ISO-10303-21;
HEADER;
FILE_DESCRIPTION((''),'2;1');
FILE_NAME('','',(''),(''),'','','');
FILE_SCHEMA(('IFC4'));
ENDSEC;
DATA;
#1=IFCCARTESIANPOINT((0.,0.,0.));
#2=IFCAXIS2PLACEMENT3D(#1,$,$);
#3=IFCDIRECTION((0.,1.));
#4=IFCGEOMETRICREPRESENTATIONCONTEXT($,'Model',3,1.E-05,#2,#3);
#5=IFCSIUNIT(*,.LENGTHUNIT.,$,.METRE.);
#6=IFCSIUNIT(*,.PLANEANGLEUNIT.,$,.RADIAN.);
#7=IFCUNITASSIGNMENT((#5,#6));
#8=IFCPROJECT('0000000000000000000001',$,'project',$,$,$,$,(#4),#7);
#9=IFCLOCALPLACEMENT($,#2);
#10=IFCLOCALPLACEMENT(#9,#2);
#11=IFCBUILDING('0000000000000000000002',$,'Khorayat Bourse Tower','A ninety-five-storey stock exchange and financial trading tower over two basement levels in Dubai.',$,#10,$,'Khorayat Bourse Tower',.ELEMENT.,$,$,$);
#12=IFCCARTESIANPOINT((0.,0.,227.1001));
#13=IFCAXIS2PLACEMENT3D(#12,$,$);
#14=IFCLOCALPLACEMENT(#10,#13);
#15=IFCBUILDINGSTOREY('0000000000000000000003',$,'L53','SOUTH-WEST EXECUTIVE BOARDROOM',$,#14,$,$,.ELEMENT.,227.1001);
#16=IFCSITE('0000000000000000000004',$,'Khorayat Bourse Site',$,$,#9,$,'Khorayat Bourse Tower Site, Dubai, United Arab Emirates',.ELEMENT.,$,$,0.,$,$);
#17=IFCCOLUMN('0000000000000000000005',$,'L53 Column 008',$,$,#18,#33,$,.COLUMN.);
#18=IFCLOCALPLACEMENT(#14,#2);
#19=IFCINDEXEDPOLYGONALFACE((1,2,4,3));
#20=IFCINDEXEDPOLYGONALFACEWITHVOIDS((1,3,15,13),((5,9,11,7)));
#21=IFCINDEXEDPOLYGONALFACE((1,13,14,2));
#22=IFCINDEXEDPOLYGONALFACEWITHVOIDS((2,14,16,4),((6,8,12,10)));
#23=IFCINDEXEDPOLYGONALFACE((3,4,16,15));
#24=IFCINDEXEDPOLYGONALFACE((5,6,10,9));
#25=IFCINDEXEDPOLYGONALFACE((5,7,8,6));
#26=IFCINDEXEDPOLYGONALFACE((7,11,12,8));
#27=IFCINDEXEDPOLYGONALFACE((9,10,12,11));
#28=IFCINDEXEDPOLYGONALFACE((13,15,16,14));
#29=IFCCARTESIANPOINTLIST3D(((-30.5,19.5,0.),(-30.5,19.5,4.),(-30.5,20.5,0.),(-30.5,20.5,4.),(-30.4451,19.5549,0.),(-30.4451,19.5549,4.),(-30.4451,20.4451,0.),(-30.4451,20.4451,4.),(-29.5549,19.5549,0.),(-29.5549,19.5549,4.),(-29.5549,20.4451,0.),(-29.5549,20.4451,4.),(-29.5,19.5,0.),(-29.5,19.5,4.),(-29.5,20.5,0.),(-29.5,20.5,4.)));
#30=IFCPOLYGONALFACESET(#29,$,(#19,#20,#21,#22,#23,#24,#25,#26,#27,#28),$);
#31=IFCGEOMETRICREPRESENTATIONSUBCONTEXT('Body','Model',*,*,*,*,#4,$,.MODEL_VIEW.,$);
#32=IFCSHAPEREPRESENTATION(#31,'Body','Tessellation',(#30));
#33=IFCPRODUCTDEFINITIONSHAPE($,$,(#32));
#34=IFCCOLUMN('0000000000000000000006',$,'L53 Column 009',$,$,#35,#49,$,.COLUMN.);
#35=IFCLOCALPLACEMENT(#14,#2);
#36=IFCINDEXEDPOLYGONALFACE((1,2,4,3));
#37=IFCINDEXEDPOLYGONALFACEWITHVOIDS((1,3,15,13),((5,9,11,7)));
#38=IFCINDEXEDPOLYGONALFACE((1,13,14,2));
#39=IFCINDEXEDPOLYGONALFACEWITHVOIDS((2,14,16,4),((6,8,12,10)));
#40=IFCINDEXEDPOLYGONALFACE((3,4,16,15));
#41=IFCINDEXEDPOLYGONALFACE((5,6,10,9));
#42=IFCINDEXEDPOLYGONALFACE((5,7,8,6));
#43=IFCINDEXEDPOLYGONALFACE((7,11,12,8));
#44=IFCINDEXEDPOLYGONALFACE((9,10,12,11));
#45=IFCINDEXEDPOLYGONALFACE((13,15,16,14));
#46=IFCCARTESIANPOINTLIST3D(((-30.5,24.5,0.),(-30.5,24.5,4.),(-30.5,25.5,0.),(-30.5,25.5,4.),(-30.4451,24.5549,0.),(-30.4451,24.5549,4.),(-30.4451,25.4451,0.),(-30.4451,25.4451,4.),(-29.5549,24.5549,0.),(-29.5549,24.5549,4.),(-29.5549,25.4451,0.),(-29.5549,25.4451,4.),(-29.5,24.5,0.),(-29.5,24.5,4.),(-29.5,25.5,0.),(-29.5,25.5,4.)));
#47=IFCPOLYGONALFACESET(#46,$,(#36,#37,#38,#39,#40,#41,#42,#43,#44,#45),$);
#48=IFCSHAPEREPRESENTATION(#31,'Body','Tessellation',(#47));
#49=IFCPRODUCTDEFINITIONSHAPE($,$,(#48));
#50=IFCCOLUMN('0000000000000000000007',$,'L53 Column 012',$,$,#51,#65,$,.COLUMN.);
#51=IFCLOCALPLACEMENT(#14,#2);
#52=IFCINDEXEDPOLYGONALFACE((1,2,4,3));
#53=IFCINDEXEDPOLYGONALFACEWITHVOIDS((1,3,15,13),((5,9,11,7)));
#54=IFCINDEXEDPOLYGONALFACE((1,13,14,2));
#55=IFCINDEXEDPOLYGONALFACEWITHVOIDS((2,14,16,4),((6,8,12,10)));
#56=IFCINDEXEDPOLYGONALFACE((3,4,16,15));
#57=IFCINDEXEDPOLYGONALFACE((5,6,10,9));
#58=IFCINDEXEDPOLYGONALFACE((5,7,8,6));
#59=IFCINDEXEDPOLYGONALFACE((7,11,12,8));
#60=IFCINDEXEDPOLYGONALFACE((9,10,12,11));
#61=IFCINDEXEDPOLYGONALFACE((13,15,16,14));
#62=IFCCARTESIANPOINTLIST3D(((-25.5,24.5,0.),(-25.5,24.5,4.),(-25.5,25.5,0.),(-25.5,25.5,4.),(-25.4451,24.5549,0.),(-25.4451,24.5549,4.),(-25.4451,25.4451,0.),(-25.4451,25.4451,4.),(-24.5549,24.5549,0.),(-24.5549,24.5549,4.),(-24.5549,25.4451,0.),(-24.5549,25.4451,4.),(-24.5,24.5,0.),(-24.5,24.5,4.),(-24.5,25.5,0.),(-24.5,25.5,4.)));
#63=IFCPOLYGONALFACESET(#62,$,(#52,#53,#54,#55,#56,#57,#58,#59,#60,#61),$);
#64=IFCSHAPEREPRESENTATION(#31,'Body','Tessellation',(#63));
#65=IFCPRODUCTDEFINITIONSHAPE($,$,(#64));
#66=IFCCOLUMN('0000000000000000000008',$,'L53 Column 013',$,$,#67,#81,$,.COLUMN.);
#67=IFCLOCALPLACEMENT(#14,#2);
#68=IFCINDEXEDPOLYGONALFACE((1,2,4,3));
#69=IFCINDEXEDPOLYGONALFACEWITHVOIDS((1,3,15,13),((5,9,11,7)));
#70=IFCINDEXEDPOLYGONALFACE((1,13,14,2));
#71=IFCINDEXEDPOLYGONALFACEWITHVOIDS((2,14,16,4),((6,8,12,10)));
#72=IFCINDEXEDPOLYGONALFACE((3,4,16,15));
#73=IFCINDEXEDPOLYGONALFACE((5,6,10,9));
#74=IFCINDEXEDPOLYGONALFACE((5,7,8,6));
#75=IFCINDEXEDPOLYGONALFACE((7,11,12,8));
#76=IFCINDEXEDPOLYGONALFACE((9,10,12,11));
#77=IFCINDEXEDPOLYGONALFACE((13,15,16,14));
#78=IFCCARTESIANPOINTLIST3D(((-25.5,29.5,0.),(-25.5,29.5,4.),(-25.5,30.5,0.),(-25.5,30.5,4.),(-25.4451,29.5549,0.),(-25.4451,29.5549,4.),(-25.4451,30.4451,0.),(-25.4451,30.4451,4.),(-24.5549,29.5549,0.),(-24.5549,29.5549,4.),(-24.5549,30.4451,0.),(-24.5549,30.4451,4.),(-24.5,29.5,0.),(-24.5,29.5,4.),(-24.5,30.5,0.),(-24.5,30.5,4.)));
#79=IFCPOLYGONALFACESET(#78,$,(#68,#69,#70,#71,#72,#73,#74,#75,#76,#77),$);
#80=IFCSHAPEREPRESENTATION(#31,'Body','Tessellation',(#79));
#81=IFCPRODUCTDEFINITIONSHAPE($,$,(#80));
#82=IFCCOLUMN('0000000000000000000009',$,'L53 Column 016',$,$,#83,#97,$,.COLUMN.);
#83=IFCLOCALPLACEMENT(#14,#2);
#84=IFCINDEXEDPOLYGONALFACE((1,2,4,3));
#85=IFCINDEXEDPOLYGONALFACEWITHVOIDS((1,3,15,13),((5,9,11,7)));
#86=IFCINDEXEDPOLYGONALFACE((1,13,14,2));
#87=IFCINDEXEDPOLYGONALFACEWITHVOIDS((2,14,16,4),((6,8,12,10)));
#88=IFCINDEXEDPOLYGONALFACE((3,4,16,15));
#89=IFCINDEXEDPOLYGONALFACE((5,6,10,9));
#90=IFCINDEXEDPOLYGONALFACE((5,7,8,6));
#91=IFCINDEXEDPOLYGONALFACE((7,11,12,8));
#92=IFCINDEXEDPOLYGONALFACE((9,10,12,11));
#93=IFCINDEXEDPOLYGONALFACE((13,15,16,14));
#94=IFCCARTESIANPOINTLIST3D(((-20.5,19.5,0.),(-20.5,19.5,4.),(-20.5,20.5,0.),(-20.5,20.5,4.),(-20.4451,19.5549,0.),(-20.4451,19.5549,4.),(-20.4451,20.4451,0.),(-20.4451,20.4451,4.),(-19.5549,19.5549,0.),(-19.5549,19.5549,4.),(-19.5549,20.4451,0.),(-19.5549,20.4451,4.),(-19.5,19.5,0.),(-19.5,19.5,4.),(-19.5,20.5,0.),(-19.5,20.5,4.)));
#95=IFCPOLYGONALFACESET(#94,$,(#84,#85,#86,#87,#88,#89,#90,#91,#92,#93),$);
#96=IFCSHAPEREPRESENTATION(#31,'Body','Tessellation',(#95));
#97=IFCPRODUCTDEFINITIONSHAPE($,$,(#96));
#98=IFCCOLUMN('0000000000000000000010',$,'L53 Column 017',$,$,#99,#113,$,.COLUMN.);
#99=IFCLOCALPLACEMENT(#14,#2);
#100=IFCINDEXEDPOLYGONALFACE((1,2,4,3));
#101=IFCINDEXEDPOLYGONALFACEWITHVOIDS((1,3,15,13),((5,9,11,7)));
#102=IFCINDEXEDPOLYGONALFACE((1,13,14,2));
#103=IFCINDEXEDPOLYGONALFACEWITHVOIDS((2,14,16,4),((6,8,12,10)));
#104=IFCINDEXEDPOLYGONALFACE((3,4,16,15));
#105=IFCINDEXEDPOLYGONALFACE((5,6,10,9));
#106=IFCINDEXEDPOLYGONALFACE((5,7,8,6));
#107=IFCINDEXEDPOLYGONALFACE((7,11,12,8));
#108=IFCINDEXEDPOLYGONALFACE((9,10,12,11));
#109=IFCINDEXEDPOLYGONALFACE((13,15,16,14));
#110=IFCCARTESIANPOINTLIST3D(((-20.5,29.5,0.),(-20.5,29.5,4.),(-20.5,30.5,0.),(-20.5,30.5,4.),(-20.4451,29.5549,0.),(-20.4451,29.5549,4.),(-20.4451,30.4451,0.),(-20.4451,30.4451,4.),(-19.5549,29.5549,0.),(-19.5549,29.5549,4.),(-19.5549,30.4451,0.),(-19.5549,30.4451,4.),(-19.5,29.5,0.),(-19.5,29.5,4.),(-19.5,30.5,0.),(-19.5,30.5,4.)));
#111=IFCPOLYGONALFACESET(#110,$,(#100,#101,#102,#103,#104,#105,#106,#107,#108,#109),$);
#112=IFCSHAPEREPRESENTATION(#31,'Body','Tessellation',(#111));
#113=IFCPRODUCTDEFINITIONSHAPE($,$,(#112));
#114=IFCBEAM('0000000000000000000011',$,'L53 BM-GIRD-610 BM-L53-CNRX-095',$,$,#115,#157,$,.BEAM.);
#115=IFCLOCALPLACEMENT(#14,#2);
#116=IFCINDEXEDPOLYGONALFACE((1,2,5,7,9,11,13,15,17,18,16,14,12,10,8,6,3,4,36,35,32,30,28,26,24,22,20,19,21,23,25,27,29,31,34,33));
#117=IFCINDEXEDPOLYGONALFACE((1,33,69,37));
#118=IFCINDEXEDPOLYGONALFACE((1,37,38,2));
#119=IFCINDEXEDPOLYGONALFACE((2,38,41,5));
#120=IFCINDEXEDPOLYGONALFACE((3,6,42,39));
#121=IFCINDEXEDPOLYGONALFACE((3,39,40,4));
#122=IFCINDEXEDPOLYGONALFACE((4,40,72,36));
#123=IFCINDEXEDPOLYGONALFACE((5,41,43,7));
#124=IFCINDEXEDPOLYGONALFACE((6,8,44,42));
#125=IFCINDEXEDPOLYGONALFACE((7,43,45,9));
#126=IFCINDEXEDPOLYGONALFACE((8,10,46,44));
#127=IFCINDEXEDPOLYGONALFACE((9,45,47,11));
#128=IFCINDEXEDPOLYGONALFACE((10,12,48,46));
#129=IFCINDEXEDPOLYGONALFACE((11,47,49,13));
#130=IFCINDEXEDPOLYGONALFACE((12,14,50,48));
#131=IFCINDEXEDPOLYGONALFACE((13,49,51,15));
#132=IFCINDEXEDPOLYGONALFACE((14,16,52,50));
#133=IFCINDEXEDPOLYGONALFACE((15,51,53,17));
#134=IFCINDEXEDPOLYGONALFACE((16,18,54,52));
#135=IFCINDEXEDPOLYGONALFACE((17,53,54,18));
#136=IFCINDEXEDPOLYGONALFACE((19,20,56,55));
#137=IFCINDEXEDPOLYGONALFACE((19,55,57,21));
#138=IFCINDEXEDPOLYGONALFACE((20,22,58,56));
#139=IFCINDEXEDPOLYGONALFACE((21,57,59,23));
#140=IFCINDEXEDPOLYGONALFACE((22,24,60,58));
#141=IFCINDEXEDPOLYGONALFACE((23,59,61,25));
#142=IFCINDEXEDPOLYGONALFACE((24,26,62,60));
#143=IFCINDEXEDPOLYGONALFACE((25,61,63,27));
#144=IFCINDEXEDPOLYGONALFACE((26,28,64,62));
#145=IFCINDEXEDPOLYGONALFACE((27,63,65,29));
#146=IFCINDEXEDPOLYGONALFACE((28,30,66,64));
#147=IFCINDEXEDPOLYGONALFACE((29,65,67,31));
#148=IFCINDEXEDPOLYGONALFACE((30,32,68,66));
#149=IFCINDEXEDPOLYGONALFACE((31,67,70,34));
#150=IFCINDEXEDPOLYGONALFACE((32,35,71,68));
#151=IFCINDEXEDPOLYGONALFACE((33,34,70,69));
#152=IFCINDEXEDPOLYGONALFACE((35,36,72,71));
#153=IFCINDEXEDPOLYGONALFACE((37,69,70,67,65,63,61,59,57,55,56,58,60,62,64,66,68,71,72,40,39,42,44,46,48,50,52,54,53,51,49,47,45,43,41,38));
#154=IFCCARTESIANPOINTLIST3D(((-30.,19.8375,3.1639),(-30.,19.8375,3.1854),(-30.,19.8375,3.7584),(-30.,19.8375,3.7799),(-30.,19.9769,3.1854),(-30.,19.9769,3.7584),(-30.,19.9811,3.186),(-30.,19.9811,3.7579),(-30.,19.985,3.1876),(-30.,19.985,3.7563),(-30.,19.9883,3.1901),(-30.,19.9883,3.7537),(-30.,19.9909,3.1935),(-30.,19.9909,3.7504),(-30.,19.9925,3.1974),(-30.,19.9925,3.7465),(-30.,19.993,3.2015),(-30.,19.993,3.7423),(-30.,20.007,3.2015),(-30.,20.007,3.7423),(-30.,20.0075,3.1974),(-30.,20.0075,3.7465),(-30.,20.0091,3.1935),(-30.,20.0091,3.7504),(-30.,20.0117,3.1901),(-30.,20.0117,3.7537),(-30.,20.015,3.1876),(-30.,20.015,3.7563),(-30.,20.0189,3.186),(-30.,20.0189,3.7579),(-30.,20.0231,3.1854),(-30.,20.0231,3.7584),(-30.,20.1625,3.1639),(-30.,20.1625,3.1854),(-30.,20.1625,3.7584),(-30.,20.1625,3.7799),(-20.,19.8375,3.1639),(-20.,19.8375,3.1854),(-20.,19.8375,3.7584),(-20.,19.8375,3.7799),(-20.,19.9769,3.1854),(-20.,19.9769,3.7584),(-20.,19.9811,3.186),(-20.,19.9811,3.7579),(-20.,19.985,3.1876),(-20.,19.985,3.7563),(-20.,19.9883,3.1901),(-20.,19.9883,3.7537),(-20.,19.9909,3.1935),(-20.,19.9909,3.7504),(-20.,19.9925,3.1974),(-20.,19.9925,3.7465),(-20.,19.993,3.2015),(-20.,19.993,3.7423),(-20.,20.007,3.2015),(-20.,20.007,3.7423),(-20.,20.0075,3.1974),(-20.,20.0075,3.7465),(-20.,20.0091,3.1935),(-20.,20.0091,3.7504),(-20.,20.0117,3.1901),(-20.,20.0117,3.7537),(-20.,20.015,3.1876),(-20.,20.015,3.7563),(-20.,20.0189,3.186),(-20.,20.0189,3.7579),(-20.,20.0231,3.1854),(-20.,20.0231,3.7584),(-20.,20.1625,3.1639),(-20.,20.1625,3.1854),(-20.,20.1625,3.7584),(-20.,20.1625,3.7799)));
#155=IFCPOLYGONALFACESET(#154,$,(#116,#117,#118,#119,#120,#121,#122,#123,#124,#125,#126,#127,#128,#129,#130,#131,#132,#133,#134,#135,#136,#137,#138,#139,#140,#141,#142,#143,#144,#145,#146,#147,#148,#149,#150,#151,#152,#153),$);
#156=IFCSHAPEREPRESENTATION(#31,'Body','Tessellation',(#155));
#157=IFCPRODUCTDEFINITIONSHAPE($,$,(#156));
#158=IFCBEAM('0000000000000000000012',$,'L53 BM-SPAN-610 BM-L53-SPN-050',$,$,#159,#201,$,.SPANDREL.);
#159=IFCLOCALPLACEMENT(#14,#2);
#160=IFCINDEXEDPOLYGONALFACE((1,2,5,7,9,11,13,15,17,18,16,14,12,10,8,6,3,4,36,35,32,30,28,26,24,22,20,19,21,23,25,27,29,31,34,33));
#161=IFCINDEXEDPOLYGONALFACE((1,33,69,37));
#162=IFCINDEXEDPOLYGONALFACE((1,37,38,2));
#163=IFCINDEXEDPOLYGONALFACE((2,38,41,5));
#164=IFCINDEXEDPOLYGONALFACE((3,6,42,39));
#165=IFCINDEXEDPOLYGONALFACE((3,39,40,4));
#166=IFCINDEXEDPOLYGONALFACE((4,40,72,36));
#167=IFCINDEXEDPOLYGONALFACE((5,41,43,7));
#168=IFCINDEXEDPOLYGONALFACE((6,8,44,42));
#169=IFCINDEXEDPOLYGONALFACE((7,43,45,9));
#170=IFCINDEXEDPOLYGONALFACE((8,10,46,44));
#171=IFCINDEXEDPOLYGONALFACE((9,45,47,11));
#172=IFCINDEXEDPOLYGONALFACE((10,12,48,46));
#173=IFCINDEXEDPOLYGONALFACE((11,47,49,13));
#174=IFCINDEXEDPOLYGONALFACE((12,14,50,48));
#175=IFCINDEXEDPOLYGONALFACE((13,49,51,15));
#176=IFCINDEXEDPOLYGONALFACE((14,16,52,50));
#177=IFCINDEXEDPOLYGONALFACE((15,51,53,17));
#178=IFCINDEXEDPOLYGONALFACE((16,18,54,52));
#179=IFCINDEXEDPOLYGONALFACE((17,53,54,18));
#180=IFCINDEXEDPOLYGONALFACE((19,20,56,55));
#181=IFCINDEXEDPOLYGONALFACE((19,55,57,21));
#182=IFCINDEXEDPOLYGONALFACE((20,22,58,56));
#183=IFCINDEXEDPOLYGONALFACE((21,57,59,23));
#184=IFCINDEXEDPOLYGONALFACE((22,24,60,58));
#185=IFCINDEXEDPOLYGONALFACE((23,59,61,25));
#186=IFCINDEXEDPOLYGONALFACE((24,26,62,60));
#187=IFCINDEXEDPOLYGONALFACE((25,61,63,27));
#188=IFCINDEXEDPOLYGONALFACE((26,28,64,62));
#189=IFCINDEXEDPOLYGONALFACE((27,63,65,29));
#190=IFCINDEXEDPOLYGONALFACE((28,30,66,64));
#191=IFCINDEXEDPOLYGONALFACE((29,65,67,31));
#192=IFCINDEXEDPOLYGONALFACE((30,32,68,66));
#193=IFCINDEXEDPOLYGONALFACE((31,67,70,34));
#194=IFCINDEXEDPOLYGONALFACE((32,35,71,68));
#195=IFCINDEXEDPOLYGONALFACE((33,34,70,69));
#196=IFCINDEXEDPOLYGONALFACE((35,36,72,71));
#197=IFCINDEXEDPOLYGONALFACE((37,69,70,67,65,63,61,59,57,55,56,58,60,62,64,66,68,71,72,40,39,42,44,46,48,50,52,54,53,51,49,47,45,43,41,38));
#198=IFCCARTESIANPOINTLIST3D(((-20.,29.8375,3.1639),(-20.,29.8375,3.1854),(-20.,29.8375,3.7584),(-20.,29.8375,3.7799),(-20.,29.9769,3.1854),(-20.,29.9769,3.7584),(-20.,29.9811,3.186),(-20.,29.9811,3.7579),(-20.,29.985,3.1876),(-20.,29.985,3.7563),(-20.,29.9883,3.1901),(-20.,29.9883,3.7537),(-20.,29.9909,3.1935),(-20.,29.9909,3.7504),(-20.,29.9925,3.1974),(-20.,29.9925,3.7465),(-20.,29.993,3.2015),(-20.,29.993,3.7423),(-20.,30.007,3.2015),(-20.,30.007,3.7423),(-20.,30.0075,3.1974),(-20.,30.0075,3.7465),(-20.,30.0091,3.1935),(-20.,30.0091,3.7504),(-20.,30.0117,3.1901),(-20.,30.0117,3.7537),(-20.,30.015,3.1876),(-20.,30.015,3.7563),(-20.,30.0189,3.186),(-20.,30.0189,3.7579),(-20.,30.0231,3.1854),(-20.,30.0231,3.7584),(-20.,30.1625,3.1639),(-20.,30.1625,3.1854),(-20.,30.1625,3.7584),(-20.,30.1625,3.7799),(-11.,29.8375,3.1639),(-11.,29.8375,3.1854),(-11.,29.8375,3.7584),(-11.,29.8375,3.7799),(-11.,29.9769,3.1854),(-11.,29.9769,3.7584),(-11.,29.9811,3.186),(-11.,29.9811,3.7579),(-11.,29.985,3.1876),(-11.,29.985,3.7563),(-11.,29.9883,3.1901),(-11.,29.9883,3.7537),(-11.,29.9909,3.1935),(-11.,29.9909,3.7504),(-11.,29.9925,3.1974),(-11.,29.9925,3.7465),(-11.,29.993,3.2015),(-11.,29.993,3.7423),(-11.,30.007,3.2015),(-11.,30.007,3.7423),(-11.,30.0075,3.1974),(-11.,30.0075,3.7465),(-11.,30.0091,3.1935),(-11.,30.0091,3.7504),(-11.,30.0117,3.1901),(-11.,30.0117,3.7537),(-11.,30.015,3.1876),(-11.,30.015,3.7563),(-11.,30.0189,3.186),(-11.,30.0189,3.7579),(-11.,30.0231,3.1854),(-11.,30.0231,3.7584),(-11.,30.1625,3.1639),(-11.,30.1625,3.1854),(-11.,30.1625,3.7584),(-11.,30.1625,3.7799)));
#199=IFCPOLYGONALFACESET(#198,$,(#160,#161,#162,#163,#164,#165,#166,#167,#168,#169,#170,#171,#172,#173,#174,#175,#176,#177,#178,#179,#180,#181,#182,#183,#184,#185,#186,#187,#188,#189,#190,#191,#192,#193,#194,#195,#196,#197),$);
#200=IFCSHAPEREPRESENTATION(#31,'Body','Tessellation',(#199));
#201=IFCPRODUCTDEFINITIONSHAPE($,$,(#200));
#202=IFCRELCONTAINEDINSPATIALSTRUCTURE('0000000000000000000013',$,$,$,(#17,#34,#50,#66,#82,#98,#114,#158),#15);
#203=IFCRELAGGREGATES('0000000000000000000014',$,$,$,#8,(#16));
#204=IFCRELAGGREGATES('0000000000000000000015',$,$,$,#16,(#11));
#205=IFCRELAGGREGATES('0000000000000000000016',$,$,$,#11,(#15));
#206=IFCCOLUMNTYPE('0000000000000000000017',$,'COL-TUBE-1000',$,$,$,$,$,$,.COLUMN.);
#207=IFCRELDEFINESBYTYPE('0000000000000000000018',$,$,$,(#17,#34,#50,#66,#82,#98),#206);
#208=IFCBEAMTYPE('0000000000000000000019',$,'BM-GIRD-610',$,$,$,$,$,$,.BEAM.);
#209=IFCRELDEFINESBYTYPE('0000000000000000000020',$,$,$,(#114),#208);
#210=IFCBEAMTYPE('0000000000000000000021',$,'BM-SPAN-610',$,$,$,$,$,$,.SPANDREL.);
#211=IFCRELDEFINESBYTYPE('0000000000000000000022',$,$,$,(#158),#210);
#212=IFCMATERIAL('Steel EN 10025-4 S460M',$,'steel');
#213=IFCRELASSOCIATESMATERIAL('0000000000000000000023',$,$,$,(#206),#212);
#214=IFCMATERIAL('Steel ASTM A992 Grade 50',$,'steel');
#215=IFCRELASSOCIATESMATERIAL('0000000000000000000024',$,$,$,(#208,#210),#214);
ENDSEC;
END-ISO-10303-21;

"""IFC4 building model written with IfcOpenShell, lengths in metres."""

from ifc_helpers import new_model, si_unit, direction, frame, origin, origin_2d, place, context, subcontext, project, spatial, hollow_rectangle, i_section, extrude, source, transform, mapped, material, material_profile, profile_set, type_object, element, save


model = new_model("IFC4")

# Units and contexts
model_context = context("Model", 3, precision=1e-05, world=origin(), true_north=direction((0.0, 1.0)))
body_context = subcontext(model_context, "Body", "Model", "MODEL_VIEW")
ifc_project = project(units=[si_unit("LENGTHUNIT", "METRE"), si_unit("PLANEANGLEUNIT", "RADIAN")], contexts=[model_context])

# Site, building, storey
site_placement = place(None, origin())
site = spatial("IfcSite", under=ifc_project, at=site_placement, Name="Khorayat Bourse Site", LongName="Khorayat Bourse Tower Site, Dubai, United Arab Emirates", CompositionType="ELEMENT", RefElevation=0.0)
building_placement = place(site_placement, origin())
building = spatial("IfcBuilding", under=site, at=building_placement, Name="Khorayat Bourse Tower", Description="A ninety-five-storey stock exchange and financial trading tower over two basement levels in Dubai.", LongName="Khorayat Bourse Tower", CompositionType="ELEMENT")
storey_placement = place(building_placement, frame((0.0, 0.0, 227.1001)))
storey = spatial("IfcBuildingStorey", under=building, at=storey_placement, Name="L53", Description="SOUTH-WEST EXECUTIVE BOARDROOM", CompositionType="ELEMENT", Elevation=227.1001)

# Columns
ifc_material_1 = material(Name="Steel EN 10025-4 S460M", Category="steel")
ifc_material_profile_1 = material_profile(ifc_material_1, hollow_rectangle(XDim=1.0, YDim=1.0, WallThickness=0.0549, at=origin_2d()), Name="BOX 1000x1000x55")
ifc_profile_set_1 = profile_set([ifc_material_profile_1], Name="Steel EN 10025-4 S460M")
column_type = type_object("IfcColumnType", Name="COL-TUBE-1000", PredefinedType="COLUMN", material=ifc_profile_set_1)
shared_shape_1 = source(origin(), body_context, "Body", "SweptSolid", [
    extrude(hollow_rectangle(XDim=1.0, YDim=1.0, WallThickness=0.0549, at=origin_2d()), origin(), (0.0, 0.0, 1.0), 4.0),
])
for number, where, z_axis, x_axis, name in (
    (1, (-30.0, 20.0, 0.0), (0.0, 0.0, 1.0), (1.0, 0.0, 0.0), "L53 Column 008"),
    (2, (-30.0, 25.0, 0.0), (0.0, 0.0, 1.0), (1.0, 0.0, 0.0), "L53 Column 009"),
    (3, (-25.0, 25.0, 0.0), (0.0, 0.0, 1.0), (1.0, 0.0, 0.0), "L53 Column 012"),
    (4, (-25.0, 30.0, 0.0), (0.0, 0.0, 1.0), (1.0, 0.0, 0.0), "L53 Column 013"),
    (5, (-20.0, 20.0, 0.0), (0.0, 0.0, 1.0), (1.0, 0.0, 0.0), "L53 Column 016"),
    (6, (-20.0, 30.0, 0.0), (0.0, 0.0, 1.0), (1.0, 0.0, 0.0), "L53 Column 017"),
):
    element("IfcColumn", number, at=place(storey_placement, frame(where, z_axis=z_axis, x_axis=x_axis)), inside=storey, type_object=column_type, Name=name, PredefinedType="COLUMN", context=body_context, shape_type="MappedRepresentation", body=[
        mapped(shared_shape_1, transform((0.0, 0.0, 0.0), scale=1.0)),
    ])

# Beams
ifc_material_2 = material(Name="Steel ASTM A992 Grade 50", Category="steel")
ifc_material_profile_2 = material_profile(ifc_material_2, i_section(OverallWidth=0.325, OverallDepth=0.616, WebThickness=0.0139, FlangeThickness=0.0215, FilletRadius=0.0161, at=origin_2d()), Name="W610X174")
ifc_profile_set_2 = profile_set([ifc_material_profile_2], Name="Steel ASTM A992 Grade 50")
beam_type_1 = type_object("IfcBeamType", Name="BM-GIRD-610", PredefinedType="BEAM", material=ifc_profile_set_2)
shared_shape_2 = source(origin(), body_context, "Body", "SweptSolid", [
    extrude(i_section(OverallWidth=0.325, OverallDepth=0.616, WebThickness=0.0139, FlangeThickness=0.0215, FilletRadius=0.0161, at=origin_2d()), origin(), (0.0, 0.0, 1.0), 10.0),
])
beam_1_placement = place(storey_placement, frame((-30.0, 20.0, 3.4719), z_axis=(1.0, 0.0, 0.0), x_axis=(0.0, 1.0, 0.0)))
element("IfcBeam", 7, at=beam_1_placement, inside=storey, type_object=beam_type_1, Name="L53 BM-GIRD-610 BM-L53-CNRX-095", PredefinedType="BEAM", context=body_context, shape_type="MappedRepresentation", body=[
    mapped(shared_shape_2, transform((0.0, 0.0, 0.0), scale=1.0)),
])
ifc_material_profile_3 = material_profile(ifc_material_2, i_section(OverallWidth=0.325, OverallDepth=0.616, WebThickness=0.0139, FlangeThickness=0.0215, FilletRadius=0.0161, at=origin_2d()), Name="W610X174")
ifc_profile_set_3 = profile_set([ifc_material_profile_3], Name="Steel ASTM A992 Grade 50")
beam_type_2 = type_object("IfcBeamType", Name="BM-SPAN-610", PredefinedType="SPANDREL", material=ifc_profile_set_3)
shared_shape_3 = source(origin(), body_context, "Body", "SweptSolid", [
    extrude(i_section(OverallWidth=0.325, OverallDepth=0.616, WebThickness=0.0139, FlangeThickness=0.0215, FilletRadius=0.0161, at=origin_2d()), origin(), (0.0, 0.0, 1.0), 9.0),
])
beam_2_placement = place(storey_placement, frame((-20.0, 30.0, 3.4719), z_axis=(1.0, 0.0, 0.0), x_axis=(0.0, 1.0, 0.0)))
element("IfcBeam", 8, at=beam_2_placement, inside=storey, type_object=beam_type_2, Name="L53 BM-SPAN-610 BM-L53-SPN-050", PredefinedType="SPANDREL", context=body_context, shape_type="MappedRepresentation", body=[
    mapped(shared_shape_3, transform((0.0, 0.0, 0.0), scale=1.0)),
])

save(model, "model.ifc")
